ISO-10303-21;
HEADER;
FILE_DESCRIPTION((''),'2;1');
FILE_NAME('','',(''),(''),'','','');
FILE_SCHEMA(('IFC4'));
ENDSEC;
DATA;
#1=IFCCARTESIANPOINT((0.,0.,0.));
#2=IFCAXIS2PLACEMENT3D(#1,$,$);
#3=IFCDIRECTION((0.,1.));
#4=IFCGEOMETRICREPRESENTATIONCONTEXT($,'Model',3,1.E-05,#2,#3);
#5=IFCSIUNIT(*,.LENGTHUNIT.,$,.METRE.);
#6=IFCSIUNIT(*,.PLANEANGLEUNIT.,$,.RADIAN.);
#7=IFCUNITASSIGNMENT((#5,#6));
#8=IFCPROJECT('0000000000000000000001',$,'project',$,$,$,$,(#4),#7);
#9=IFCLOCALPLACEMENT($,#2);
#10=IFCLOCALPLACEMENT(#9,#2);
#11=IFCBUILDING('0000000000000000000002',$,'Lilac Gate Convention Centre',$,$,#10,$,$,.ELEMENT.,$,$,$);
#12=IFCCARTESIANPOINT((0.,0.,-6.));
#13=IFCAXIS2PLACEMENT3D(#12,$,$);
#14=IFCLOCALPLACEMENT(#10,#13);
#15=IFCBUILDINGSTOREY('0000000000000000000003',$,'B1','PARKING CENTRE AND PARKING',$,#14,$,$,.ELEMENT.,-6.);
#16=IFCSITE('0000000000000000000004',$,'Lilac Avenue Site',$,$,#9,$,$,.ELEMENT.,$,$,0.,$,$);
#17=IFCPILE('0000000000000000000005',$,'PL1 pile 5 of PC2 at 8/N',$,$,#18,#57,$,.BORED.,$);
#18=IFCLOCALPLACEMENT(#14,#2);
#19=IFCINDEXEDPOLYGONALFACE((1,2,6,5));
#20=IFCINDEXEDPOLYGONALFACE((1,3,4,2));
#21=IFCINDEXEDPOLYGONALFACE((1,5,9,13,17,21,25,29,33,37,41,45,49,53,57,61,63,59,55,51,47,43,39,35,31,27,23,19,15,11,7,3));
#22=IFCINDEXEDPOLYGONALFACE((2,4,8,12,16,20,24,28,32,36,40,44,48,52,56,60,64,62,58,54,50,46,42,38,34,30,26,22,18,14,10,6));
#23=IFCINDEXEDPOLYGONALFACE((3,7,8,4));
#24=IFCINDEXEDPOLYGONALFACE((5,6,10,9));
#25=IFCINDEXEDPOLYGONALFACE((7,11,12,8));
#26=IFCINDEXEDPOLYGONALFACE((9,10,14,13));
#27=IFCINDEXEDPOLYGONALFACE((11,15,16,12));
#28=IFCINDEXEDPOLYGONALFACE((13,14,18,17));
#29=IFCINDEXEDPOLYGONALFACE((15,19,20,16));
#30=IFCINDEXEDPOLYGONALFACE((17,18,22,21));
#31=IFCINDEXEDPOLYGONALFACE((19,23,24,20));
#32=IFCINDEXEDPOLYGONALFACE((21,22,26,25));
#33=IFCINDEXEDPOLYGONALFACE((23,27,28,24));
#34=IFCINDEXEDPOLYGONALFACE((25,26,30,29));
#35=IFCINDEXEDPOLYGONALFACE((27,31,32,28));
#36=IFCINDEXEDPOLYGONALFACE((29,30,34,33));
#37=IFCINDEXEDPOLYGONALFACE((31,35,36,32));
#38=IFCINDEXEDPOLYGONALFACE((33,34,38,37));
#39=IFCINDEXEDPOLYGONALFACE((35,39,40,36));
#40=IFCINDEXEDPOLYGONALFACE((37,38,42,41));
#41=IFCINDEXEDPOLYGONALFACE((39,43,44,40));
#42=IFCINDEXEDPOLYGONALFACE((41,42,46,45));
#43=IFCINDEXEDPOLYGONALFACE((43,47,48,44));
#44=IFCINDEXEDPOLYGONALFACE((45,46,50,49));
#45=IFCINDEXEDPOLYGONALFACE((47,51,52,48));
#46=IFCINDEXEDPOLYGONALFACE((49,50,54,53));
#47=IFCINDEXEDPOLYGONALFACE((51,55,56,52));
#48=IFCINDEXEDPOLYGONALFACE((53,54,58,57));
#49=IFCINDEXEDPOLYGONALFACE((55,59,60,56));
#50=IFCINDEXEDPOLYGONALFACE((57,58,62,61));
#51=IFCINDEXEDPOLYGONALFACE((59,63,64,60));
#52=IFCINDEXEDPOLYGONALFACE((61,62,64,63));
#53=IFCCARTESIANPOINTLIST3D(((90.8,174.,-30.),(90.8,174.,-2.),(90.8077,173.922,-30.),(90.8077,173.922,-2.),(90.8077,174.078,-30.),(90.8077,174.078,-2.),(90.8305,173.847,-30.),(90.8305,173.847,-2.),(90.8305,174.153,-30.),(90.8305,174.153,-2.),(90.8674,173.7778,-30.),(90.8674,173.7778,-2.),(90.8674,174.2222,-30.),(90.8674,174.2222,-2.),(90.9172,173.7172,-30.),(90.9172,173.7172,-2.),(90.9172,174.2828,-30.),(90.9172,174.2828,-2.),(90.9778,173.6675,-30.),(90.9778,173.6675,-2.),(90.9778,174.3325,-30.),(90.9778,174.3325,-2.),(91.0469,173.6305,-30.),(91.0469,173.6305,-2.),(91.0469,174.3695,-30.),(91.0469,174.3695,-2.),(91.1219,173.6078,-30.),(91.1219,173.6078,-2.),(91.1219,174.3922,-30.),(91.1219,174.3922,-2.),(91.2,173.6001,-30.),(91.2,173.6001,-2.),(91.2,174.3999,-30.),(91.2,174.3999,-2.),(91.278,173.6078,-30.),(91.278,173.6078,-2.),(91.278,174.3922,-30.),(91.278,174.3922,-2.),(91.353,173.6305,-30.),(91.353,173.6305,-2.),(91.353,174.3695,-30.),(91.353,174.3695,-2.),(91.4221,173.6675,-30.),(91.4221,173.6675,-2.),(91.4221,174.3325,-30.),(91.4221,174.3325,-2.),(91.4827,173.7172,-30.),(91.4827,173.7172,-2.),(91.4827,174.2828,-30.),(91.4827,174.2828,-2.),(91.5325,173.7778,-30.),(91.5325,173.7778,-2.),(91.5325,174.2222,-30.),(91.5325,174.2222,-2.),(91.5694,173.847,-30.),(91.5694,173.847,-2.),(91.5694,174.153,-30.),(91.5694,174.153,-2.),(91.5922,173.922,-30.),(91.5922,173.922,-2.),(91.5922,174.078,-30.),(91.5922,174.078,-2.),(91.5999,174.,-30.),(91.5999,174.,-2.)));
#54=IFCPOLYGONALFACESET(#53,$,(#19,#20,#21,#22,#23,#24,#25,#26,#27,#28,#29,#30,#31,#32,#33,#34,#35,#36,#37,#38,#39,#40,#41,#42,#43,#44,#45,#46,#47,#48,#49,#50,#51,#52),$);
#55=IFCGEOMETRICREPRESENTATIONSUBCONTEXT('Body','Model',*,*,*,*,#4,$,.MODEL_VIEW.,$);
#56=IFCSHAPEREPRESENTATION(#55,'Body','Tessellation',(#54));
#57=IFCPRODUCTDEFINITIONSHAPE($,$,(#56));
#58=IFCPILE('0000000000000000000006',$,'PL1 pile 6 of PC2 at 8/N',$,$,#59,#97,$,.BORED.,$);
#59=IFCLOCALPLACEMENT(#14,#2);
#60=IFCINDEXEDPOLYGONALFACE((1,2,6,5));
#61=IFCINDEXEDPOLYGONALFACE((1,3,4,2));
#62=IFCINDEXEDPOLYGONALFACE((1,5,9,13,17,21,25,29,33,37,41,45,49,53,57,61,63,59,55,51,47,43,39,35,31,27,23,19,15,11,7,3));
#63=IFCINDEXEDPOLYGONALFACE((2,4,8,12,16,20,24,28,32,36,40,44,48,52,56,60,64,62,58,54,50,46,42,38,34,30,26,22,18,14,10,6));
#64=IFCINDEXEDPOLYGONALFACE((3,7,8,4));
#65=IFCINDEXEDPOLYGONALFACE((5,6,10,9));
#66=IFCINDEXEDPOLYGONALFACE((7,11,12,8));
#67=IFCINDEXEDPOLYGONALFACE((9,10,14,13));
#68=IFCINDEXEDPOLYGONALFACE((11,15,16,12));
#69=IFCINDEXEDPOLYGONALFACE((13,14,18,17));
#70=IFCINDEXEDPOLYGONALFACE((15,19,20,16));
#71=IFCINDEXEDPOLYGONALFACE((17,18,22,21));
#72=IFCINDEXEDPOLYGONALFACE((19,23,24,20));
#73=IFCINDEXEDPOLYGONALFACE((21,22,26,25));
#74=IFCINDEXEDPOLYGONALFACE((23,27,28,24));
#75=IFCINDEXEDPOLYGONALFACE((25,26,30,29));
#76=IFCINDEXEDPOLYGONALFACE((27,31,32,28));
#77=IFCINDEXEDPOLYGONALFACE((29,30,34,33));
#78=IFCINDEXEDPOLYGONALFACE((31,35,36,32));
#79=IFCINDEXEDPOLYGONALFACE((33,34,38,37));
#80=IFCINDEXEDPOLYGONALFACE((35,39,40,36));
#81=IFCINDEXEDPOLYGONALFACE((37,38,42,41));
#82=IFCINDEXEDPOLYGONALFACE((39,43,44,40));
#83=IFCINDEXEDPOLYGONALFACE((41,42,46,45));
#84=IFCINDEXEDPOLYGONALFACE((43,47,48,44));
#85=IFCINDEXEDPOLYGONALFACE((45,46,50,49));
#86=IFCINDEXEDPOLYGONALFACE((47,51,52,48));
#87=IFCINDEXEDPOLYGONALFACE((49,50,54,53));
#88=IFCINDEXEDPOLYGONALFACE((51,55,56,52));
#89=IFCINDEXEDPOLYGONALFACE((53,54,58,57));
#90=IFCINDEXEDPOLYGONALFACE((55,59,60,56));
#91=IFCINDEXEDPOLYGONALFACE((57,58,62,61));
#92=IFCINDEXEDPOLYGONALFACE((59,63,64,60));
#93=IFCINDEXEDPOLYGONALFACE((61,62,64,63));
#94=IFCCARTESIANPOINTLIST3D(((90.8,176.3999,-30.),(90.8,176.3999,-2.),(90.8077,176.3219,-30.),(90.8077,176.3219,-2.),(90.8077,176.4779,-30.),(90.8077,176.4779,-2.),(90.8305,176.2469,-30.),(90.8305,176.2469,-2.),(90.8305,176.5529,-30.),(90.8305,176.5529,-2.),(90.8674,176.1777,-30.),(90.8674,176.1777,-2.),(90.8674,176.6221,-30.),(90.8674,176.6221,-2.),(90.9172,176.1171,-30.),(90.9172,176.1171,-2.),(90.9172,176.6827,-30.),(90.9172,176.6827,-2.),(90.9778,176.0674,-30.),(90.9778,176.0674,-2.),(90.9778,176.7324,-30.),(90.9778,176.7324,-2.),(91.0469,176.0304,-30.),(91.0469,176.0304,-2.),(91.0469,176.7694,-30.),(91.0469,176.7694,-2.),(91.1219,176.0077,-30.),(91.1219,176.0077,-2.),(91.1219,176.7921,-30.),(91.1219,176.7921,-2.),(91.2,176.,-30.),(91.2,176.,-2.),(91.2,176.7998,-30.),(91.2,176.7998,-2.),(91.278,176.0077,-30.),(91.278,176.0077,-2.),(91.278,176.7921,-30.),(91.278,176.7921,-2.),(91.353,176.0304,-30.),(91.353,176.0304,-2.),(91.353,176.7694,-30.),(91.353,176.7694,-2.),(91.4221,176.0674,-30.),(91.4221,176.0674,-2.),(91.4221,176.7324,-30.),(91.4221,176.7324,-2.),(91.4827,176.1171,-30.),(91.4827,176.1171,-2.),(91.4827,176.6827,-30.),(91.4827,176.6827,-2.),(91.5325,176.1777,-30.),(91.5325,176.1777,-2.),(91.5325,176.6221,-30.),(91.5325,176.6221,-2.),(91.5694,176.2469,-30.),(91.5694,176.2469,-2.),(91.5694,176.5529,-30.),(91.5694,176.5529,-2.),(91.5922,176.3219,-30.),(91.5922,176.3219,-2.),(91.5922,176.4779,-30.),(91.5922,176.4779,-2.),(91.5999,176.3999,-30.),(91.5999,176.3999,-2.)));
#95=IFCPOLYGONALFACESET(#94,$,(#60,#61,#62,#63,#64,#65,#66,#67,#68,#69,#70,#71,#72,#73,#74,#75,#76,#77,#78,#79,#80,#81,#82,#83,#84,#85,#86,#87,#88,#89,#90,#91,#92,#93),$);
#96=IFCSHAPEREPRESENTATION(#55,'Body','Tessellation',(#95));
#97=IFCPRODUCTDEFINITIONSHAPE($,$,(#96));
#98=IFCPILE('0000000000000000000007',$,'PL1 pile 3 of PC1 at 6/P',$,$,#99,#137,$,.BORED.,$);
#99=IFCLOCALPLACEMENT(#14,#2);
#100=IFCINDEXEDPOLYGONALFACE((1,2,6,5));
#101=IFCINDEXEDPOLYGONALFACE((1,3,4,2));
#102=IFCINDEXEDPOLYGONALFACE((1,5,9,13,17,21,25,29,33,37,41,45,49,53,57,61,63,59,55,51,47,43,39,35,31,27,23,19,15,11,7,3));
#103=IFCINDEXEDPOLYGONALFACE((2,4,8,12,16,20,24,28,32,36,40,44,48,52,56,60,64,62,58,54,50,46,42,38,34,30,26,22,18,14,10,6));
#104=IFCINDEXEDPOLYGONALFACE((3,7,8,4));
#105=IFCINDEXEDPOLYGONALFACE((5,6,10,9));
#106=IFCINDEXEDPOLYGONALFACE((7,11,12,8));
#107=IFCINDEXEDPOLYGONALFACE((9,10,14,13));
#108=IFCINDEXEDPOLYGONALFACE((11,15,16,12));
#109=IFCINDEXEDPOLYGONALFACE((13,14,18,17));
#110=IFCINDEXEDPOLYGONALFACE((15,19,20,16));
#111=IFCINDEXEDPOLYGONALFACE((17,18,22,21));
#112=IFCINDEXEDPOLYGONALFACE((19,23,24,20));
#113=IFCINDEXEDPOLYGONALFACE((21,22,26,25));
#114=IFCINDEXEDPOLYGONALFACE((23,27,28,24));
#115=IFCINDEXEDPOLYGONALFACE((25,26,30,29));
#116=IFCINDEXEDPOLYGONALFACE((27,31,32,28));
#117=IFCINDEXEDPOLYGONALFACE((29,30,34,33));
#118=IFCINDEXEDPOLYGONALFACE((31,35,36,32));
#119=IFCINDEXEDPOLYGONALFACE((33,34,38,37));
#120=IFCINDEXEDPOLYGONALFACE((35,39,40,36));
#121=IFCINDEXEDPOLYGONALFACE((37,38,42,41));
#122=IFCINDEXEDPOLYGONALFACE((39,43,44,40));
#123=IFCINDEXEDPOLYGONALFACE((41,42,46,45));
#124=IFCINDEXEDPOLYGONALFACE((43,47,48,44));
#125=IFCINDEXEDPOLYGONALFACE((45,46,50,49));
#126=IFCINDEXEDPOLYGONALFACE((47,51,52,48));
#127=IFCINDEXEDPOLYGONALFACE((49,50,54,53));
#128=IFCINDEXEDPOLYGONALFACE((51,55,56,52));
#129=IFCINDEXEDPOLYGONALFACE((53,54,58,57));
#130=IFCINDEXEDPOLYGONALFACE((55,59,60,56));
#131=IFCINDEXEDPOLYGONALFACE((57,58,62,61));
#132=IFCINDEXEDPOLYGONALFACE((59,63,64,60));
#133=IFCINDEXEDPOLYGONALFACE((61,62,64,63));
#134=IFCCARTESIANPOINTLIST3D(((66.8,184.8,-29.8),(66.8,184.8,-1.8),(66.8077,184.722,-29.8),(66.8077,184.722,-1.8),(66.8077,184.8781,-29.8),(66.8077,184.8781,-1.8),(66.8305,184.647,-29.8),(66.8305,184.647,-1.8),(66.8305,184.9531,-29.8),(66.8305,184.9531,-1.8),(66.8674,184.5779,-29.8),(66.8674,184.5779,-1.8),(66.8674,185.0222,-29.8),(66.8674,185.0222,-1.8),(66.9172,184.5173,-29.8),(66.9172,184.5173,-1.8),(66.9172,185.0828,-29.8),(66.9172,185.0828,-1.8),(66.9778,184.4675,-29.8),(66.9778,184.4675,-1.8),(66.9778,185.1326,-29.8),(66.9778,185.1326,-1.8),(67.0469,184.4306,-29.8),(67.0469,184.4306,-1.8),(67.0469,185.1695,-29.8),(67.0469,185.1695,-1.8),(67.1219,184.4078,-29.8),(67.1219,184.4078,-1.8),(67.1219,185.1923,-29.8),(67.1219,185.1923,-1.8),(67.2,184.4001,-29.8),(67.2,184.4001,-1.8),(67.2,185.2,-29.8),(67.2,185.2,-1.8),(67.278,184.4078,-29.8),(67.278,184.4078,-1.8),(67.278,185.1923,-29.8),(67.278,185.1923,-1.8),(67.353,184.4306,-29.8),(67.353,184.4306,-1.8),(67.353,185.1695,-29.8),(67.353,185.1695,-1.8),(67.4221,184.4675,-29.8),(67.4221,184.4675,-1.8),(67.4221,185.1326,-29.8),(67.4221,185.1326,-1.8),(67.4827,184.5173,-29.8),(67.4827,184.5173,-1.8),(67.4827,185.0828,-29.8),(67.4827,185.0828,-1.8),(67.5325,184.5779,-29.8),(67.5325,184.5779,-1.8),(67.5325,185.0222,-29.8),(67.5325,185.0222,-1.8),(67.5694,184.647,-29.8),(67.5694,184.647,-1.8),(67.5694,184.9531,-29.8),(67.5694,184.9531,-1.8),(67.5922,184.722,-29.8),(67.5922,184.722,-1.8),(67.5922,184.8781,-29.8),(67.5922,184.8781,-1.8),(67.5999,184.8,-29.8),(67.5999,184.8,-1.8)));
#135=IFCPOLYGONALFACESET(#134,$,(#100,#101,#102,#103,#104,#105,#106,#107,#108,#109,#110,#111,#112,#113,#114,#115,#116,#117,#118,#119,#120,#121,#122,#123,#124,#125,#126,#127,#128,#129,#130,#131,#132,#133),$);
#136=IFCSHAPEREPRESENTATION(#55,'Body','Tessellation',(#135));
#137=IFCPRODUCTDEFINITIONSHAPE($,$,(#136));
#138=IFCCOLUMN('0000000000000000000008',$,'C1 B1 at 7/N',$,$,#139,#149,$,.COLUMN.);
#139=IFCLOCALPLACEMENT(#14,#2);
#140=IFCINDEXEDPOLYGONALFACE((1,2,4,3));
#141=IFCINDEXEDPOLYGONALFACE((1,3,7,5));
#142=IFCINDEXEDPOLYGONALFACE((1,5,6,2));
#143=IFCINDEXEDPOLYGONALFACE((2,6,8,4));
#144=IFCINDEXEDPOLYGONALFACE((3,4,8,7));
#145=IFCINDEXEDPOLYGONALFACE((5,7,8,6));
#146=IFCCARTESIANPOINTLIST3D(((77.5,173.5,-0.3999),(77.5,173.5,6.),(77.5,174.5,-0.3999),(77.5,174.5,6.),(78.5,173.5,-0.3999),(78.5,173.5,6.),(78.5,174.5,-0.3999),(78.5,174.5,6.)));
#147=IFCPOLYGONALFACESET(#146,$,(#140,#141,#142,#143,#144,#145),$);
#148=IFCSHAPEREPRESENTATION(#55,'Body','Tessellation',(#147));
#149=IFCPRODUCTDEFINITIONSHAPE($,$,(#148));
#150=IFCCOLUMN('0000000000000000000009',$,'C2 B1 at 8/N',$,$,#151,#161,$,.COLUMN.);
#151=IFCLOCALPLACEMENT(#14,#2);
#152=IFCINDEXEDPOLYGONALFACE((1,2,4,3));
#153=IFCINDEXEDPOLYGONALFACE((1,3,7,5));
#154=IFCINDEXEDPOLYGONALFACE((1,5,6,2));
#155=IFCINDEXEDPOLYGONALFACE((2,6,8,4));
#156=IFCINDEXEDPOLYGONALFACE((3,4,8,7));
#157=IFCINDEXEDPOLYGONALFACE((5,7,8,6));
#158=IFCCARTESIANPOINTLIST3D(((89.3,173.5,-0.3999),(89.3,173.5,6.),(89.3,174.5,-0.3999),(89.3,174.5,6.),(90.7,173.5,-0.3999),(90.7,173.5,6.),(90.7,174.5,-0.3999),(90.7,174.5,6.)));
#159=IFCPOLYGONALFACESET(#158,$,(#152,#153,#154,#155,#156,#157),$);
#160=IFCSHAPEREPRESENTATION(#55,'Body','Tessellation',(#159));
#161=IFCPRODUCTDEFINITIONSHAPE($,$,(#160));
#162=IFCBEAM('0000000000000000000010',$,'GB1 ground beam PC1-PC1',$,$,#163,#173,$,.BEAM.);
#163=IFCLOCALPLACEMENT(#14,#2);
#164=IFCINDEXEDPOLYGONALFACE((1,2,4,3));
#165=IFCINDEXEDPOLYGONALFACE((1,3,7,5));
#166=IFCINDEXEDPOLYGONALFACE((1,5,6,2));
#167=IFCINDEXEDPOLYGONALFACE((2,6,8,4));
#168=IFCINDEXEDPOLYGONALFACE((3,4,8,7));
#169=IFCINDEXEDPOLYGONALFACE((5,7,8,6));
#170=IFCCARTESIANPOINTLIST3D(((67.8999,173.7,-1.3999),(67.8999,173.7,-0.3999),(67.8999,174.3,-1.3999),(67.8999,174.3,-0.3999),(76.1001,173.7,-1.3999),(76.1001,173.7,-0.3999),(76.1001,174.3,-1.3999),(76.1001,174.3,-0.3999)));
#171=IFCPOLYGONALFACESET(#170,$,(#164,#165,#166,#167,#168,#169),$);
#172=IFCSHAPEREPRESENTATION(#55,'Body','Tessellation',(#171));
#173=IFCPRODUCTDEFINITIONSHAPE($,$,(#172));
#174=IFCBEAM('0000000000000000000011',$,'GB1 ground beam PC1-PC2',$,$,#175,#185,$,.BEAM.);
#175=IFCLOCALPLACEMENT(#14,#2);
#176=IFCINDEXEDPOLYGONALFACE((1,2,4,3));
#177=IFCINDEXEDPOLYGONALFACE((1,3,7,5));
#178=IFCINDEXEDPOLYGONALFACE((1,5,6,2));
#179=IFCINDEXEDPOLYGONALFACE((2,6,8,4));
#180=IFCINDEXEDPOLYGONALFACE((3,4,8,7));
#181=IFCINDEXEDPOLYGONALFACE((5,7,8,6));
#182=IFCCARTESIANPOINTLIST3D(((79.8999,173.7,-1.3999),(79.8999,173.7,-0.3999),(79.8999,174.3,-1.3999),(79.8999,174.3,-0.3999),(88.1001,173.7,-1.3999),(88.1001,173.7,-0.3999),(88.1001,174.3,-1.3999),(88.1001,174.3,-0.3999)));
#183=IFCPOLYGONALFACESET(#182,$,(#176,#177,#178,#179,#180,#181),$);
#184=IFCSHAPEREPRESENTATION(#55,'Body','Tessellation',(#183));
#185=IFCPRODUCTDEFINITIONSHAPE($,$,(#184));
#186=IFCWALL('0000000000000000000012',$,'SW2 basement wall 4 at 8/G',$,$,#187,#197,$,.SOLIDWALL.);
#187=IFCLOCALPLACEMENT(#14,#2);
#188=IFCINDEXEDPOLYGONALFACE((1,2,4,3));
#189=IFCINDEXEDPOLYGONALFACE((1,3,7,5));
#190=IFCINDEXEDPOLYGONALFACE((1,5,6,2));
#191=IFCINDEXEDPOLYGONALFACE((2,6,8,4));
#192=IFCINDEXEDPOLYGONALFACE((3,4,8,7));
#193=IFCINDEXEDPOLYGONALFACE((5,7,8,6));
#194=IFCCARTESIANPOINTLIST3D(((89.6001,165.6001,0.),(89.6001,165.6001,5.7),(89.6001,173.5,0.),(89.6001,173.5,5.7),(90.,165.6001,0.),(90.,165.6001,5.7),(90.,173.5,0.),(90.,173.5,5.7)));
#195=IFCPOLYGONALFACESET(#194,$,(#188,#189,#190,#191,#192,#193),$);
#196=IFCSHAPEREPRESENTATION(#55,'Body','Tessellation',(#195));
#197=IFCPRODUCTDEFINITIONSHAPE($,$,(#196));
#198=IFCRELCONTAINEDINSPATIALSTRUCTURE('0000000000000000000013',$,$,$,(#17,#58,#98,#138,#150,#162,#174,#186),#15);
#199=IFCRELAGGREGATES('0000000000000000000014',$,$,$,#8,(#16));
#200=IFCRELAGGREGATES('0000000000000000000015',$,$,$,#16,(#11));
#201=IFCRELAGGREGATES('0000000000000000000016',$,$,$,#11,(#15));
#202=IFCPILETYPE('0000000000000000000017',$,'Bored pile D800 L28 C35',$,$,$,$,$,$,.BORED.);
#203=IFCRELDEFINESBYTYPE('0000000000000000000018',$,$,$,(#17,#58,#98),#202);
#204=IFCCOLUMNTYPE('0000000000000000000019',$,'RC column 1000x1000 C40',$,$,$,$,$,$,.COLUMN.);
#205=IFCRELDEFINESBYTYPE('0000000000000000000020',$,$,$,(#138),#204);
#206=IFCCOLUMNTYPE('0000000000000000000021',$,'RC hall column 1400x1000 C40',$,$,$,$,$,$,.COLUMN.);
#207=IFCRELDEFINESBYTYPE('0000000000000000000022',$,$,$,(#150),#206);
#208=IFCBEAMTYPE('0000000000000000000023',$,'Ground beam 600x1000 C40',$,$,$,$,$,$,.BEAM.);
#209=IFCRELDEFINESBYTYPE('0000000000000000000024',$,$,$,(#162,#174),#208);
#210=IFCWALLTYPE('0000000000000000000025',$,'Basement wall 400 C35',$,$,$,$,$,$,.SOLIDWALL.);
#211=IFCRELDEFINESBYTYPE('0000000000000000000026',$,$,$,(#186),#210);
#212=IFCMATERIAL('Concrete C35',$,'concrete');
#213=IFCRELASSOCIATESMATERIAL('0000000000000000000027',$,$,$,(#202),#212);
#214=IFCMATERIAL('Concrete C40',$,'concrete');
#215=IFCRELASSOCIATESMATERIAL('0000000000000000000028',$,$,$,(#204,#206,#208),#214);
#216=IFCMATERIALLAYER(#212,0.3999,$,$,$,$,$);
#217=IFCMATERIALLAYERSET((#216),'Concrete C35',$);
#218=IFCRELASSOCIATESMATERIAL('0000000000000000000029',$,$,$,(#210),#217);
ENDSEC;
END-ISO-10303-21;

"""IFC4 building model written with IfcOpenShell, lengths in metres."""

from ifc_helpers import new_model, si_unit, direction, frame, frame_2d, origin, origin_2d, place, context, subcontext, project, spatial, rectangle, circle, extrude, material, layer, layer_set, material_profile, profile_set, type_object, element, save


model = new_model("IFC4")

# Units and contexts
model_context = context("Model", 3, precision=1e-05, world=origin(), true_north=direction((0.0, 1.0)))
body_context = subcontext(model_context, "Body", "Model", "MODEL_VIEW")
ifc_project = project(units=[si_unit("LENGTHUNIT", "METRE"), si_unit("PLANEANGLEUNIT", "RADIAN")], contexts=[model_context])

# Site, building, storey
site_placement = place(None, origin())
site = spatial("IfcSite", under=ifc_project, at=site_placement, Name="Lilac Avenue Site", CompositionType="ELEMENT", RefElevation=0.0)
building_placement = place(site_placement, origin())
building = spatial("IfcBuilding", under=site, at=building_placement, Name="Lilac Gate Convention Centre", CompositionType="ELEMENT")
storey_placement = place(building_placement, frame((0.0, 0.0, -6.0)))
storey = spatial("IfcBuildingStorey", under=building, at=storey_placement, Name="B1", Description="PARKING CENTRE AND PARKING", CompositionType="ELEMENT", Elevation=-6.0)

# Piles
ifc_material_1 = material(Name="Concrete C35", Category="concrete")
ifc_material_profile_1 = material_profile(ifc_material_1, circle(Radius=0.3999, at=origin_2d()), Name="D800")
ifc_profile_set_1 = profile_set([ifc_material_profile_1], Name="Concrete C35")
pile_type = type_object("IfcPileType", Name="Bored pile D800 L28 C35", PredefinedType="BORED", material=ifc_profile_set_1)
for number, where, z_axis, x_axis, name in (
    (1, (91.2, 174.0, -2.0), (0.0, 0.0, -1.0), (1.0, 0.0, 0.0), "PL1 pile 5 of PC2 at 8/N"),
    (2, (91.2, 176.3999, -2.0), (0.0, 0.0, -1.0), (1.0, 0.0, 0.0), "PL1 pile 6 of PC2 at 8/N"),
    (3, (67.2, 184.8, -1.8), (0.0, 0.0, -1.0), (1.0, 0.0, 0.0), "PL1 pile 3 of PC1 at 6/P"),
):
    element("IfcPile", number, at=place(storey_placement, frame(where, z_axis=z_axis, x_axis=x_axis)), inside=storey, type_object=pile_type, Name=name, PredefinedType="BORED", context=body_context, shape_type="SweptSolid", body=[
        extrude(circle(Radius=0.3999, at=origin_2d()), origin(), (0.0, 0.0, 1.0), 28.0),
    ])

# Columns
ifc_material_2 = material(Name="Concrete C40", Category="concrete")
ifc_material_profile_2 = material_profile(ifc_material_2, rectangle(XDim=1.0, YDim=1.0, at=origin_2d()), Name="RC 1000x1000")
ifc_profile_set_2 = profile_set([ifc_material_profile_2], Name="Concrete C40")
column_type_1 = type_object("IfcColumnType", Name="RC column 1000x1000 C40", PredefinedType="COLUMN", material=ifc_profile_set_2)
column_1_placement = place(storey_placement, frame((78.0, 174.0, -0.3999), z_axis=(0.0, 0.0, 1.0), x_axis=(1.0, 0.0, 0.0)))
element("IfcColumn", 4, at=column_1_placement, inside=storey, type_object=column_type_1, Name="C1 B1 at 7/N", PredefinedType="COLUMN", context=body_context, shape_type="SweptSolid", body=[
    extrude(rectangle(XDim=1.0, YDim=1.0, at=origin_2d()), origin(), (0.0, 0.0, 1.0), 6.3999),
])
ifc_material_profile_3 = material_profile(ifc_material_2, rectangle(XDim=1.3999, YDim=1.0, at=origin_2d()), Name="RC 1400x1000")
ifc_profile_set_3 = profile_set([ifc_material_profile_3], Name="Concrete C40")
column_type_2 = type_object("IfcColumnType", Name="RC hall column 1400x1000 C40", PredefinedType="COLUMN", material=ifc_profile_set_3)
column_2_placement = place(storey_placement, frame((90.0, 174.0, -0.3999), z_axis=(0.0, 0.0, 1.0), x_axis=(1.0, 0.0, 0.0)))
element("IfcColumn", 5, at=column_2_placement, inside=storey, type_object=column_type_2, Name="C2 B1 at 8/N", PredefinedType="COLUMN", context=body_context, shape_type="SweptSolid", body=[
    extrude(rectangle(XDim=1.3999, YDim=1.0, at=origin_2d()), origin(), (0.0, 0.0, 1.0), 6.3999),
])

# Beams
ifc_material_profile_4 = material_profile(ifc_material_2, rectangle(XDim=0.6001, YDim=1.0, at=origin_2d()), Name="RC 600x1000")
ifc_profile_set_4 = profile_set([ifc_material_profile_4], Name="Concrete C40")
beam_type = type_object("IfcBeamType", Name="Ground beam 600x1000 C40", PredefinedType="BEAM", material=ifc_profile_set_4)
for number, where, z_axis, x_axis, name in (
    (6, (67.8999, 174.0, -0.8999), (1.0, 0.0, 0.0), (0.0, 1.0, 0.0), "GB1 ground beam PC1-PC1"),
    (7, (79.8999, 174.0, -0.8999), (1.0, 0.0, 0.0), (0.0, 1.0, 0.0), "GB1 ground beam PC1-PC2"),
):
    element("IfcBeam", number, at=place(storey_placement, frame(where, z_axis=z_axis, x_axis=x_axis)), inside=storey, type_object=beam_type, Name=name, PredefinedType="BEAM", context=body_context, shape_type="SweptSolid", body=[
        extrude(rectangle(XDim=0.6001, YDim=1.0, at=origin_2d()), origin(), (0.0, 0.0, 1.0), 8.2002),
    ])

# Wall
ifc_layer_1 = layer(ifc_material_1, 0.3999)
ifc_layer_set_1 = layer_set([ifc_layer_1], Name="Concrete C35")
wall_type_1 = type_object("IfcWallType", Name="Basement wall 400 C35", PredefinedType="SOLIDWALL", material=ifc_layer_set_1)
wall_1_placement = place(storey_placement, frame((89.8, 165.6001, 0.0), z_axis=(0.0, 0.0, 1.0), x_axis=(0.0, 1.0, 0.0)))
element("IfcWall", 8, at=wall_1_placement, inside=storey, type_object=wall_type_1, Name="SW2 basement wall 4 at 8/G", PredefinedType="SOLIDWALL", context=body_context, shape_type="SweptSolid", body=[
    extrude(rectangle(XDim=7.8999, YDim=0.3999, at=frame_2d((3.95, 0.0))), origin(), (0.0, 0.0, 1.0), 5.7),
])

save(model, "model.ifc")
